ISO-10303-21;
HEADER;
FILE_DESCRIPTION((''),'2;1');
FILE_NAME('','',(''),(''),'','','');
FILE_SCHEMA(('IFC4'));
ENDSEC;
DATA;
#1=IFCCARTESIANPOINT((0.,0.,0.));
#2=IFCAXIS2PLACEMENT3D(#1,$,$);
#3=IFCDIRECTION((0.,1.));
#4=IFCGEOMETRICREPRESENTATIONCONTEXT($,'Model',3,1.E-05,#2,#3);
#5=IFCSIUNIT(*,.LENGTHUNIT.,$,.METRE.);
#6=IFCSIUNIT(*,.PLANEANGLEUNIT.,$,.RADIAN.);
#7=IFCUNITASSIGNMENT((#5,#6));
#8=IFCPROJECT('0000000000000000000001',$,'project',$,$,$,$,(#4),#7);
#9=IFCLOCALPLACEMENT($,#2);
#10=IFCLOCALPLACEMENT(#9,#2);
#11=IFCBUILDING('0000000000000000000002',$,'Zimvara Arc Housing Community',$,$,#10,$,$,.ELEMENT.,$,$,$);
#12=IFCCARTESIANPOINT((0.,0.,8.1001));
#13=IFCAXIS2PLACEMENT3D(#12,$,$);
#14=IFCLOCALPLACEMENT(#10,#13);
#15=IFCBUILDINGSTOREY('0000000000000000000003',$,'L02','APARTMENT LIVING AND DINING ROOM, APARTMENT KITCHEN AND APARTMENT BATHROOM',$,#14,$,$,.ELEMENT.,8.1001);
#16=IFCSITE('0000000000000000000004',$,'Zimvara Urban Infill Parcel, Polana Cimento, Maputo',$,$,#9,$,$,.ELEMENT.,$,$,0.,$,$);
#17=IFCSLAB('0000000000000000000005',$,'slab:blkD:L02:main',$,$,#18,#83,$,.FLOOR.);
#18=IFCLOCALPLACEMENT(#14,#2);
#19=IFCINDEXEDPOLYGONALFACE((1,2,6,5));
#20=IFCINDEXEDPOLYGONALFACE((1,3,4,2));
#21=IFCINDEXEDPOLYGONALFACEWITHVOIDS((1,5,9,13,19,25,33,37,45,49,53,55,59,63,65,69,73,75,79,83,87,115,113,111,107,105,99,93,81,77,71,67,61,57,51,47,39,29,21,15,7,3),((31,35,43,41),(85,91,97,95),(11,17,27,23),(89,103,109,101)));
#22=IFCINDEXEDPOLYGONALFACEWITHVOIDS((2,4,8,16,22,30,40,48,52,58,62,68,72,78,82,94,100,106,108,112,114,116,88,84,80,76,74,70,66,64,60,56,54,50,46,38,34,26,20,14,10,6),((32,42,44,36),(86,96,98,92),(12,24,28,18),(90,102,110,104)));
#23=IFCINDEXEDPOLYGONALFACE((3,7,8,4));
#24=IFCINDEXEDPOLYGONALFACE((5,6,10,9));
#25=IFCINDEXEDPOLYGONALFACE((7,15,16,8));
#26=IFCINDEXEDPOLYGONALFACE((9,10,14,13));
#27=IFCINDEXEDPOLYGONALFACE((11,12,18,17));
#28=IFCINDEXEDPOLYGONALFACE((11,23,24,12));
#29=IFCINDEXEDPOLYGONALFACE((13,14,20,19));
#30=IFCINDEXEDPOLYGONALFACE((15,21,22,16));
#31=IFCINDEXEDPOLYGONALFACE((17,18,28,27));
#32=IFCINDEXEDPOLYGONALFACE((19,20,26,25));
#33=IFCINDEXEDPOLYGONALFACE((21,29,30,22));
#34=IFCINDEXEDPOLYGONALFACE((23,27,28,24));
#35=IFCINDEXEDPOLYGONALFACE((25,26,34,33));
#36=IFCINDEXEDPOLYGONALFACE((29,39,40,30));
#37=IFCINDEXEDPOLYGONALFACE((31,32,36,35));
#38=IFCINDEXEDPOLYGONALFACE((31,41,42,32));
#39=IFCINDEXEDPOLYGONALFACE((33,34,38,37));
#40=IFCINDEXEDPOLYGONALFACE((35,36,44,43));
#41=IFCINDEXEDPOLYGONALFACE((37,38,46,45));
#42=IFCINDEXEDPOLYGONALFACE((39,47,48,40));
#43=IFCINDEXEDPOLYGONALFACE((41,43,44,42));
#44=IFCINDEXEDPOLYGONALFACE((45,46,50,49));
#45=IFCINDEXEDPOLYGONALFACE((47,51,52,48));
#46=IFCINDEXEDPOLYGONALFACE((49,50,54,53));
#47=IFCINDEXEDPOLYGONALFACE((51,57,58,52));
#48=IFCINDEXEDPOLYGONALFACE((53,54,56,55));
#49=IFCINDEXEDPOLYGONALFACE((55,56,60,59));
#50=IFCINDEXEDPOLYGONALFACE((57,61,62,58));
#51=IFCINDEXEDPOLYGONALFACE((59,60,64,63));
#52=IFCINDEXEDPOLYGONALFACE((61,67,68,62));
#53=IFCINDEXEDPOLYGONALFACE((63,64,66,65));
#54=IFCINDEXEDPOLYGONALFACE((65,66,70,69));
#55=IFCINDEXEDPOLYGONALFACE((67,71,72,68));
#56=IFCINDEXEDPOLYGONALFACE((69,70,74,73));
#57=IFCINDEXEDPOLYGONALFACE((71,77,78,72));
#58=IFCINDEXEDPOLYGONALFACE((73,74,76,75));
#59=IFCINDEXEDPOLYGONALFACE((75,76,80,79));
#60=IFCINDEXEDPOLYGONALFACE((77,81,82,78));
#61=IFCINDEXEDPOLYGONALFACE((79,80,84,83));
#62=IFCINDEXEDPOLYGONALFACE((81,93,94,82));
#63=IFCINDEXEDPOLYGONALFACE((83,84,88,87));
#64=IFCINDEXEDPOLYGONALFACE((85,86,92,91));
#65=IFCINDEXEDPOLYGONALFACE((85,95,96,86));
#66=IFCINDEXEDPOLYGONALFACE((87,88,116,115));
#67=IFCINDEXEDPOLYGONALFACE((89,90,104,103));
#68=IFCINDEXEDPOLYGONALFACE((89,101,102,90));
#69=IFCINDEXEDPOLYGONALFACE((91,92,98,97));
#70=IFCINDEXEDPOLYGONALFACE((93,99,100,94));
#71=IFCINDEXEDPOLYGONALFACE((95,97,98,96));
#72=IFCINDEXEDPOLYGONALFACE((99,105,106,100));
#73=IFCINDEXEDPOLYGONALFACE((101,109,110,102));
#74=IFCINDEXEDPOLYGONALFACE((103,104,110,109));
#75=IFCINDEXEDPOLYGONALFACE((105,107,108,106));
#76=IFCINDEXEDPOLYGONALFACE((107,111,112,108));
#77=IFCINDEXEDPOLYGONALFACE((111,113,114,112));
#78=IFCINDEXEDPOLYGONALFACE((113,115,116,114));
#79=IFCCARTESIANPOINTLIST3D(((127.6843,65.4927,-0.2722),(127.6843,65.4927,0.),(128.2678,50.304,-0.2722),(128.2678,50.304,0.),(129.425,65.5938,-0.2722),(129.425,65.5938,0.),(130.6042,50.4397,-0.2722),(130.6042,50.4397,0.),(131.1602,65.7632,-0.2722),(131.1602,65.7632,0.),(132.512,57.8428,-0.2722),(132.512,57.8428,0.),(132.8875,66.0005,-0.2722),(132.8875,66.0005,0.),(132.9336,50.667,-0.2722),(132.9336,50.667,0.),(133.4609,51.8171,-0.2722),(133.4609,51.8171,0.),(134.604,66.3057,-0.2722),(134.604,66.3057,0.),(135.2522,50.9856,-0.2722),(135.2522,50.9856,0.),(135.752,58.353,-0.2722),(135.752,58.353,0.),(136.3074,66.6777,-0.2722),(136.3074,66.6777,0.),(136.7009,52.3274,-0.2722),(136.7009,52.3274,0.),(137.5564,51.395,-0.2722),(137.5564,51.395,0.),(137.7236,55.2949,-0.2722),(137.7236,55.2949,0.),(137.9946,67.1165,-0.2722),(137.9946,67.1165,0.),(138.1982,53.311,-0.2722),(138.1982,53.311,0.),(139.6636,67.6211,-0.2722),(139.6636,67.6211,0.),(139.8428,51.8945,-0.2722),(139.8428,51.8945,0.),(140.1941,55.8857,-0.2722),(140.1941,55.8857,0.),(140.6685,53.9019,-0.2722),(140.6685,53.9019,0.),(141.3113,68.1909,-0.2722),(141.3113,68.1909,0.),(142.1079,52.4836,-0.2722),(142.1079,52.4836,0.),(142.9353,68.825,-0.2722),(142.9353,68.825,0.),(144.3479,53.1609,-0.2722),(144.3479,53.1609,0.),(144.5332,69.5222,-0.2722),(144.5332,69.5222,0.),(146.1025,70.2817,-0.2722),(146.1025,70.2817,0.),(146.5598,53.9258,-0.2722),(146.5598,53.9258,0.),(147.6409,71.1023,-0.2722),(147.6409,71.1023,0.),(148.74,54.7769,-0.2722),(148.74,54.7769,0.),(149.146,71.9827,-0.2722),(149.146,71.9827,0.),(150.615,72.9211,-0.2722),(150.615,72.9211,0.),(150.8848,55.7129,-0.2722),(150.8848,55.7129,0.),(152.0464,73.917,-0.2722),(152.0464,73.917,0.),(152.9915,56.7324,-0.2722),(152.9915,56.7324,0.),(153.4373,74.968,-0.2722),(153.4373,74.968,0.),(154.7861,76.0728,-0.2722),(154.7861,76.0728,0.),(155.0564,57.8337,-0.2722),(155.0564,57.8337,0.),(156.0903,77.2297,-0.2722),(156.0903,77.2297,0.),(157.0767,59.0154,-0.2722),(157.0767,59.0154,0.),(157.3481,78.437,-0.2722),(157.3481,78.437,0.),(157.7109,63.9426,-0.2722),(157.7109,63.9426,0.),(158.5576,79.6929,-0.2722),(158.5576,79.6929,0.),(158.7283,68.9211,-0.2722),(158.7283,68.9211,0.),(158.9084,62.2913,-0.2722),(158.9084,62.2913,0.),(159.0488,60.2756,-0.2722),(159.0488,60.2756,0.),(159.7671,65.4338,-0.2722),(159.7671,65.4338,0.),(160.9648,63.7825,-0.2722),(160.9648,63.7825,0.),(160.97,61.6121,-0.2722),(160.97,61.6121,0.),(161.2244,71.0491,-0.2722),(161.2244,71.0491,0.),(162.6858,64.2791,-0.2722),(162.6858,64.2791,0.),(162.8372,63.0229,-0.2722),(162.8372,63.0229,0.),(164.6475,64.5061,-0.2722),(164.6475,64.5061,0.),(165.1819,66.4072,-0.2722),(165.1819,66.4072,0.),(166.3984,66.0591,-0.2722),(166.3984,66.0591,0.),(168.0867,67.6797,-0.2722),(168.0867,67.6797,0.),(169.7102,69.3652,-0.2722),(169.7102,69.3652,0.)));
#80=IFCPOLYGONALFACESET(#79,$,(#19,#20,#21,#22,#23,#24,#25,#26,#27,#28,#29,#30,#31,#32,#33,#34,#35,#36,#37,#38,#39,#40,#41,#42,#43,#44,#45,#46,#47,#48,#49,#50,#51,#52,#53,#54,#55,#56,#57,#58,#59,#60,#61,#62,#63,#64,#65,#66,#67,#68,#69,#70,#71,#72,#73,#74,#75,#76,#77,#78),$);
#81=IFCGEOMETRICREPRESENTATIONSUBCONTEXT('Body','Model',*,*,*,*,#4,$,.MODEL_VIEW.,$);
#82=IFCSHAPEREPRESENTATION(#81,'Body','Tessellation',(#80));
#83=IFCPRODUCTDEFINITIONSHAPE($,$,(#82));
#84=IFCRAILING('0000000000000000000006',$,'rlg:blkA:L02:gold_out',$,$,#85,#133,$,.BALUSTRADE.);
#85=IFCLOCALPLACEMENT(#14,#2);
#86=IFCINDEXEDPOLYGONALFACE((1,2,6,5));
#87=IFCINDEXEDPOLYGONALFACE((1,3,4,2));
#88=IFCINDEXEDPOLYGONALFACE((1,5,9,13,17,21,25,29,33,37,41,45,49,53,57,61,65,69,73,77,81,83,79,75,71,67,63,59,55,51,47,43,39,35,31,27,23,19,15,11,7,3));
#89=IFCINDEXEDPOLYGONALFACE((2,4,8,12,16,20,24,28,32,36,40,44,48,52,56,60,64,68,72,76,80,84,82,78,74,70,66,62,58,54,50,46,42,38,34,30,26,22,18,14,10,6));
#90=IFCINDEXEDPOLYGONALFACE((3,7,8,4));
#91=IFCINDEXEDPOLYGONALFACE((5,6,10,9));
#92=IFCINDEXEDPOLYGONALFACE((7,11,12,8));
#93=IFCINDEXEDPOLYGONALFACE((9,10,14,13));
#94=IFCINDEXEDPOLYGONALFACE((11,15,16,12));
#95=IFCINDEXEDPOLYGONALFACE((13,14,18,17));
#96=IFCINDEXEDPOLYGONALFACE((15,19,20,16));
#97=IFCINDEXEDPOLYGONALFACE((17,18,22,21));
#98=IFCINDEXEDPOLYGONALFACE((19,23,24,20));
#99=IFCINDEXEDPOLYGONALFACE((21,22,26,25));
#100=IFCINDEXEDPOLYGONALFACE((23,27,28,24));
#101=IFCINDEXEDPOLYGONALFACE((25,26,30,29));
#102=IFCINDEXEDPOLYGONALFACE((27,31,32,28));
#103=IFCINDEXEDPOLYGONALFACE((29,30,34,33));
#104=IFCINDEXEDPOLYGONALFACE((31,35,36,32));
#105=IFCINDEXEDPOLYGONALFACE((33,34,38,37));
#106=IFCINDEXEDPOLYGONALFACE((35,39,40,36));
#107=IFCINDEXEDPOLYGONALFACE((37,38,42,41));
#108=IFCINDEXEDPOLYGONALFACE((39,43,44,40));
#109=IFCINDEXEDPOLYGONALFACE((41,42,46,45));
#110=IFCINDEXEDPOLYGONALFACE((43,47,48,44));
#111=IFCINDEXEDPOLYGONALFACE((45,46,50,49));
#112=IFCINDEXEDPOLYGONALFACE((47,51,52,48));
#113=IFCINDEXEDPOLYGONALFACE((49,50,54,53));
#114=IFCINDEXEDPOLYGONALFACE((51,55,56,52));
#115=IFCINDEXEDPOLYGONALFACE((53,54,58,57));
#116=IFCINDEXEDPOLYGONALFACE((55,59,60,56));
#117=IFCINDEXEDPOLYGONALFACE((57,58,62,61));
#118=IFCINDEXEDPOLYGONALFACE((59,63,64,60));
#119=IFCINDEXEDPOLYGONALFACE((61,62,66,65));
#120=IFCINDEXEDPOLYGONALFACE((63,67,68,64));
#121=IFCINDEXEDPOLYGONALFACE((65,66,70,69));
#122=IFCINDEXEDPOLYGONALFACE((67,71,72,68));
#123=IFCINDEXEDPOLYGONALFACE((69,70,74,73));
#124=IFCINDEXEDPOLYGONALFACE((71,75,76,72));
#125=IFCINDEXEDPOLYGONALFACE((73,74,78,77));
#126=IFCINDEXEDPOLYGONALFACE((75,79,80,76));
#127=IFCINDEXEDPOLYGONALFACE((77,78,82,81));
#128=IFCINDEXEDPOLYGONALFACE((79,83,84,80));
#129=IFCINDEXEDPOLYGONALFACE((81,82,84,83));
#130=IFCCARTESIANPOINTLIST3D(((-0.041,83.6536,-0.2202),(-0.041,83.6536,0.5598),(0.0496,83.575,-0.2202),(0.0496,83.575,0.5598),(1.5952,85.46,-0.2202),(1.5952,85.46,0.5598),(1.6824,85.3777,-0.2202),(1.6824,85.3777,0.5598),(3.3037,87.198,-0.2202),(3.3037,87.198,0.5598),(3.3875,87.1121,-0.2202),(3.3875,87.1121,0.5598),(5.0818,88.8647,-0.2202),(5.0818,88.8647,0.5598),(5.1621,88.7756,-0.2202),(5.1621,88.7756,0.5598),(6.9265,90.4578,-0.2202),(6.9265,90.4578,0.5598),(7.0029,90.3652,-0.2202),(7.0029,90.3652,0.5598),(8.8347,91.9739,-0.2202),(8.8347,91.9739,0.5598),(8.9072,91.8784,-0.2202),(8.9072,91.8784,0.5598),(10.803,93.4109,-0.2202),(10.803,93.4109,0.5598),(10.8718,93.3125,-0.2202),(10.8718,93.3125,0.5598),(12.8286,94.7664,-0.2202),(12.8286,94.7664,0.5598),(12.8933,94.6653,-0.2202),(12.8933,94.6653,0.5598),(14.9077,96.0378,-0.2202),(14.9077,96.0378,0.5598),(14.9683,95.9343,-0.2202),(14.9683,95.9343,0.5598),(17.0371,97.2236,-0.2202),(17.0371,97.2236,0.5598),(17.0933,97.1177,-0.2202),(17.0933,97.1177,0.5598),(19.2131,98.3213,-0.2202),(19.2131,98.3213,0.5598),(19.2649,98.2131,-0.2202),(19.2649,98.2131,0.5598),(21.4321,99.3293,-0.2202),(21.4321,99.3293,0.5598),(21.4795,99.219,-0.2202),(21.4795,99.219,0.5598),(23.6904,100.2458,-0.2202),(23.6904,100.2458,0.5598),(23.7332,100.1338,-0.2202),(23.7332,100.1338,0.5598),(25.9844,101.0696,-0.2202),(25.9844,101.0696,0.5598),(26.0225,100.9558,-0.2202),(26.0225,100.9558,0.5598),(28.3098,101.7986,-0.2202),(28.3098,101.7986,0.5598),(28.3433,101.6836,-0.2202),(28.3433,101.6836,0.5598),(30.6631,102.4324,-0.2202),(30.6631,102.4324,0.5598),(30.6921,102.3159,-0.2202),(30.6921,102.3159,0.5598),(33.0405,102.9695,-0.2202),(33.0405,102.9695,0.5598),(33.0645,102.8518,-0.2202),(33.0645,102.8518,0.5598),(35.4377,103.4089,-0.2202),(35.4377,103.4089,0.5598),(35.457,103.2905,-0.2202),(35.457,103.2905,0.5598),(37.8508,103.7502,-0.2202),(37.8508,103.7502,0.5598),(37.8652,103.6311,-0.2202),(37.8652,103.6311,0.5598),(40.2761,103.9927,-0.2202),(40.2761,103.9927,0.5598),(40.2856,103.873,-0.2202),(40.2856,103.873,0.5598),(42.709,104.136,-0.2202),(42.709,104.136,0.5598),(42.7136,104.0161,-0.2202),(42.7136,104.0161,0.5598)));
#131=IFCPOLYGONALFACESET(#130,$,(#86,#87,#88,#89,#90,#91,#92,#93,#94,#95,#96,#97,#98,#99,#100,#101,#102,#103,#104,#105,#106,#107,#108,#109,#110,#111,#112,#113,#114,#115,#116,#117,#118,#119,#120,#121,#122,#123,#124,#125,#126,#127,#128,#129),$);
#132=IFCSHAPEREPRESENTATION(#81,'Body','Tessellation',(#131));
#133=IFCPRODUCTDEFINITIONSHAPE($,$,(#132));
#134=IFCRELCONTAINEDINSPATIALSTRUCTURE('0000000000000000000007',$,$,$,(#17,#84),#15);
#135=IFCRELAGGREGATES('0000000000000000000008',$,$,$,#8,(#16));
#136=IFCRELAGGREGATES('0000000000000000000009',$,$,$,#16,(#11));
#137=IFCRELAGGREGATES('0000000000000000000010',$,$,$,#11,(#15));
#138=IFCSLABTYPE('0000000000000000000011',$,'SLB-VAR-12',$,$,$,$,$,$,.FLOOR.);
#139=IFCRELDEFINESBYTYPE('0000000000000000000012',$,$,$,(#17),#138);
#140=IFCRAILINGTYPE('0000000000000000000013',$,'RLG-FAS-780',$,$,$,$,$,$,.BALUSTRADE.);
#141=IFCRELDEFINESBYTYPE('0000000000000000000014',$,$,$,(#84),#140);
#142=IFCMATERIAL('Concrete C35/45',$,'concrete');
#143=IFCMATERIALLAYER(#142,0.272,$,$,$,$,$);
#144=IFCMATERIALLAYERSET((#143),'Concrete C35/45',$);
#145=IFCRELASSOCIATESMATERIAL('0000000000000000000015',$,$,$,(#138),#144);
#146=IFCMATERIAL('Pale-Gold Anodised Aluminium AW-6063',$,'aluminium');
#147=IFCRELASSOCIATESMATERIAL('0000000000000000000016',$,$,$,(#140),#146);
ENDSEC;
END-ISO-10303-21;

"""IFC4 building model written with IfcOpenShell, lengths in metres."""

from ifc_helpers import new_model, si_unit, direction, frame, origin, place, context, subcontext, project, spatial, polyline, outline, extrude, material, layer, layer_set, type_object, element, save


model = new_model("IFC4")

# Units and contexts
model_context = context("Model", 3, precision=1e-05, world=origin(), true_north=direction((0.0, 1.0)))
body_context = subcontext(model_context, "Body", "Model", "MODEL_VIEW")
ifc_project = project(units=[si_unit("LENGTHUNIT", "METRE"), si_unit("PLANEANGLEUNIT", "RADIAN")], contexts=[model_context])

# Site, building, storey
site_placement = place(None, origin())
site = spatial("IfcSite", under=ifc_project, at=site_placement, Name="Zimvara Urban Infill Parcel, Polana Cimento, Maputo", CompositionType="ELEMENT", RefElevation=0.0)
building_placement = place(site_placement, origin())
building = spatial("IfcBuilding", under=site, at=building_placement, Name="Zimvara Arc Housing Community", CompositionType="ELEMENT")
storey_placement = place(building_placement, frame((0.0, 0.0, 8.1001)))
storey = spatial("IfcBuildingStorey", under=building, at=storey_placement, Name="L02", Description="APARTMENT LIVING AND DINING ROOM, APARTMENT KITCHEN AND APARTMENT BATHROOM", CompositionType="ELEMENT", Elevation=8.1001)

# Slab
ifc_material_1 = material(Name="Concrete C35/45", Category="concrete")
ifc_layer_1 = layer(ifc_material_1, 0.272)
ifc_layer_set_1 = layer_set([ifc_layer_1], Name="Concrete C35/45")
slab_type_1 = type_object("IfcSlabType", Name="SLB-VAR-12", PredefinedType="FLOOR", material=ifc_layer_set_1)
slab_1_placement = place(storey_placement, frame((0.0, 0.0, -0.2722)))
element("IfcSlab", 1, at=slab_1_placement, inside=storey, type_object=slab_type_1, Name="slab:blkD:L02:main", PredefinedType="FLOOR", context=body_context, shape_type="SweptSolid", body=[
    extrude(outline(polyline([(128.2678, 50.304), (130.6042, 50.4397), (132.9336, 50.667), (135.2522, 50.9856), (137.5564, 51.395), (139.8428, 51.8945), (142.1079, 52.4836), (144.3479, 53.1609), (146.5598, 53.9258), (148.74, 54.7769), (150.8848, 55.7129), (152.9915, 56.7324), (155.0564, 57.8337), (157.0767, 59.0154), (159.0488, 60.2756), (160.97, 61.6121), (162.8372, 63.0229), (164.6475, 64.5061), (166.3984, 66.0591), (168.0867, 67.6797), (169.7102, 69.3652), (158.5576, 79.6929), (157.3481, 78.437), (156.0903, 77.2297), (154.7861, 76.0728), (153.4373, 74.968), (152.0464, 73.917), (150.615, 72.9211), (149.146, 71.9827), (147.6409, 71.1023), (146.1025, 70.2817), (144.5332, 69.5222), (142.9353, 68.825), (141.3113, 68.1909), (139.6636, 67.6211), (137.9946, 67.1165), (136.3074, 66.6777), (134.604, 66.3057), (132.8875, 66.0005), (131.1602, 65.7632), (129.425, 65.5938), (127.6843, 65.4927), (128.2678, 50.304)]), holes=[polyline([(135.752, 58.353), (136.7009, 52.3274), (133.4609, 51.8171), (132.512, 57.8428), (135.752, 58.353)]), polyline([(161.2244, 71.0491), (165.1819, 66.4072), (162.6858, 64.2791), (158.7283, 68.9211), (161.2244, 71.0491)]), polyline([(140.1941, 55.8857), (140.6685, 53.9019), (138.1982, 53.311), (137.7236, 55.2949), (140.1941, 55.8857)]), polyline([(159.7671, 65.4338), (160.9648, 63.7825), (158.9084, 62.2913), (157.7109, 63.9426), (159.7671, 65.4338)])]), origin(), (0.0, 0.0, 1.0), 0.2722),
])

# Railing
ifc_material_2 = material(Name="Pale-Gold Anodised Aluminium AW-6063", Category="aluminium")
railing_type = type_object("IfcRailingType", Name="RLG-FAS-780", PredefinedType="BALUSTRADE", material=ifc_material_2)
railing_1_placement = place(storey_placement, frame((0.0, 0.0, -0.2202)))
element("IfcRailing", 2, at=railing_1_placement, inside=storey, type_object=railing_type, Name="rlg:blkA:L02:gold_out", PredefinedType="BALUSTRADE", context=body_context, shape_type="SweptSolid", body=[
    extrude(outline(polyline([(0.0496, 83.575), (1.6824, 85.3777), (3.3875, 87.1121), (5.1621, 88.7756), (7.0029, 90.3652), (8.9072, 91.8784), (10.8718, 93.3125), (12.8933, 94.6653), (14.9683, 95.9343), (17.0933, 97.1177), (19.2649, 98.2131), (21.4795, 99.219), (23.7332, 100.1338), (26.0225, 100.9558), (28.3433, 101.6836), (30.6921, 102.3159), (33.0645, 102.8518), (35.457, 103.2905), (37.8652, 103.6311), (40.2856, 103.873), (42.7136, 104.0161), (42.709, 104.136), (40.2761, 103.9927), (37.8508, 103.7502), (35.4377, 103.4089), (33.0405, 102.9695), (30.6631, 102.4324), (28.3098, 101.7986), (25.9844, 101.0696), (23.6904, 100.2458), (21.4321, 99.3293), (19.2131, 98.3213), (17.0371, 97.2236), (14.9077, 96.0378), (12.8286, 94.7664), (10.803, 93.4109), (8.8347, 91.9739), (6.9265, 90.4578), (5.0818, 88.8647), (3.3037, 87.198), (1.5952, 85.46), (-0.041, 83.6536), (0.0496, 83.575)])), origin(), (0.0, 0.0, 1.0), 0.78),
])

save(model, "model.ifc")
